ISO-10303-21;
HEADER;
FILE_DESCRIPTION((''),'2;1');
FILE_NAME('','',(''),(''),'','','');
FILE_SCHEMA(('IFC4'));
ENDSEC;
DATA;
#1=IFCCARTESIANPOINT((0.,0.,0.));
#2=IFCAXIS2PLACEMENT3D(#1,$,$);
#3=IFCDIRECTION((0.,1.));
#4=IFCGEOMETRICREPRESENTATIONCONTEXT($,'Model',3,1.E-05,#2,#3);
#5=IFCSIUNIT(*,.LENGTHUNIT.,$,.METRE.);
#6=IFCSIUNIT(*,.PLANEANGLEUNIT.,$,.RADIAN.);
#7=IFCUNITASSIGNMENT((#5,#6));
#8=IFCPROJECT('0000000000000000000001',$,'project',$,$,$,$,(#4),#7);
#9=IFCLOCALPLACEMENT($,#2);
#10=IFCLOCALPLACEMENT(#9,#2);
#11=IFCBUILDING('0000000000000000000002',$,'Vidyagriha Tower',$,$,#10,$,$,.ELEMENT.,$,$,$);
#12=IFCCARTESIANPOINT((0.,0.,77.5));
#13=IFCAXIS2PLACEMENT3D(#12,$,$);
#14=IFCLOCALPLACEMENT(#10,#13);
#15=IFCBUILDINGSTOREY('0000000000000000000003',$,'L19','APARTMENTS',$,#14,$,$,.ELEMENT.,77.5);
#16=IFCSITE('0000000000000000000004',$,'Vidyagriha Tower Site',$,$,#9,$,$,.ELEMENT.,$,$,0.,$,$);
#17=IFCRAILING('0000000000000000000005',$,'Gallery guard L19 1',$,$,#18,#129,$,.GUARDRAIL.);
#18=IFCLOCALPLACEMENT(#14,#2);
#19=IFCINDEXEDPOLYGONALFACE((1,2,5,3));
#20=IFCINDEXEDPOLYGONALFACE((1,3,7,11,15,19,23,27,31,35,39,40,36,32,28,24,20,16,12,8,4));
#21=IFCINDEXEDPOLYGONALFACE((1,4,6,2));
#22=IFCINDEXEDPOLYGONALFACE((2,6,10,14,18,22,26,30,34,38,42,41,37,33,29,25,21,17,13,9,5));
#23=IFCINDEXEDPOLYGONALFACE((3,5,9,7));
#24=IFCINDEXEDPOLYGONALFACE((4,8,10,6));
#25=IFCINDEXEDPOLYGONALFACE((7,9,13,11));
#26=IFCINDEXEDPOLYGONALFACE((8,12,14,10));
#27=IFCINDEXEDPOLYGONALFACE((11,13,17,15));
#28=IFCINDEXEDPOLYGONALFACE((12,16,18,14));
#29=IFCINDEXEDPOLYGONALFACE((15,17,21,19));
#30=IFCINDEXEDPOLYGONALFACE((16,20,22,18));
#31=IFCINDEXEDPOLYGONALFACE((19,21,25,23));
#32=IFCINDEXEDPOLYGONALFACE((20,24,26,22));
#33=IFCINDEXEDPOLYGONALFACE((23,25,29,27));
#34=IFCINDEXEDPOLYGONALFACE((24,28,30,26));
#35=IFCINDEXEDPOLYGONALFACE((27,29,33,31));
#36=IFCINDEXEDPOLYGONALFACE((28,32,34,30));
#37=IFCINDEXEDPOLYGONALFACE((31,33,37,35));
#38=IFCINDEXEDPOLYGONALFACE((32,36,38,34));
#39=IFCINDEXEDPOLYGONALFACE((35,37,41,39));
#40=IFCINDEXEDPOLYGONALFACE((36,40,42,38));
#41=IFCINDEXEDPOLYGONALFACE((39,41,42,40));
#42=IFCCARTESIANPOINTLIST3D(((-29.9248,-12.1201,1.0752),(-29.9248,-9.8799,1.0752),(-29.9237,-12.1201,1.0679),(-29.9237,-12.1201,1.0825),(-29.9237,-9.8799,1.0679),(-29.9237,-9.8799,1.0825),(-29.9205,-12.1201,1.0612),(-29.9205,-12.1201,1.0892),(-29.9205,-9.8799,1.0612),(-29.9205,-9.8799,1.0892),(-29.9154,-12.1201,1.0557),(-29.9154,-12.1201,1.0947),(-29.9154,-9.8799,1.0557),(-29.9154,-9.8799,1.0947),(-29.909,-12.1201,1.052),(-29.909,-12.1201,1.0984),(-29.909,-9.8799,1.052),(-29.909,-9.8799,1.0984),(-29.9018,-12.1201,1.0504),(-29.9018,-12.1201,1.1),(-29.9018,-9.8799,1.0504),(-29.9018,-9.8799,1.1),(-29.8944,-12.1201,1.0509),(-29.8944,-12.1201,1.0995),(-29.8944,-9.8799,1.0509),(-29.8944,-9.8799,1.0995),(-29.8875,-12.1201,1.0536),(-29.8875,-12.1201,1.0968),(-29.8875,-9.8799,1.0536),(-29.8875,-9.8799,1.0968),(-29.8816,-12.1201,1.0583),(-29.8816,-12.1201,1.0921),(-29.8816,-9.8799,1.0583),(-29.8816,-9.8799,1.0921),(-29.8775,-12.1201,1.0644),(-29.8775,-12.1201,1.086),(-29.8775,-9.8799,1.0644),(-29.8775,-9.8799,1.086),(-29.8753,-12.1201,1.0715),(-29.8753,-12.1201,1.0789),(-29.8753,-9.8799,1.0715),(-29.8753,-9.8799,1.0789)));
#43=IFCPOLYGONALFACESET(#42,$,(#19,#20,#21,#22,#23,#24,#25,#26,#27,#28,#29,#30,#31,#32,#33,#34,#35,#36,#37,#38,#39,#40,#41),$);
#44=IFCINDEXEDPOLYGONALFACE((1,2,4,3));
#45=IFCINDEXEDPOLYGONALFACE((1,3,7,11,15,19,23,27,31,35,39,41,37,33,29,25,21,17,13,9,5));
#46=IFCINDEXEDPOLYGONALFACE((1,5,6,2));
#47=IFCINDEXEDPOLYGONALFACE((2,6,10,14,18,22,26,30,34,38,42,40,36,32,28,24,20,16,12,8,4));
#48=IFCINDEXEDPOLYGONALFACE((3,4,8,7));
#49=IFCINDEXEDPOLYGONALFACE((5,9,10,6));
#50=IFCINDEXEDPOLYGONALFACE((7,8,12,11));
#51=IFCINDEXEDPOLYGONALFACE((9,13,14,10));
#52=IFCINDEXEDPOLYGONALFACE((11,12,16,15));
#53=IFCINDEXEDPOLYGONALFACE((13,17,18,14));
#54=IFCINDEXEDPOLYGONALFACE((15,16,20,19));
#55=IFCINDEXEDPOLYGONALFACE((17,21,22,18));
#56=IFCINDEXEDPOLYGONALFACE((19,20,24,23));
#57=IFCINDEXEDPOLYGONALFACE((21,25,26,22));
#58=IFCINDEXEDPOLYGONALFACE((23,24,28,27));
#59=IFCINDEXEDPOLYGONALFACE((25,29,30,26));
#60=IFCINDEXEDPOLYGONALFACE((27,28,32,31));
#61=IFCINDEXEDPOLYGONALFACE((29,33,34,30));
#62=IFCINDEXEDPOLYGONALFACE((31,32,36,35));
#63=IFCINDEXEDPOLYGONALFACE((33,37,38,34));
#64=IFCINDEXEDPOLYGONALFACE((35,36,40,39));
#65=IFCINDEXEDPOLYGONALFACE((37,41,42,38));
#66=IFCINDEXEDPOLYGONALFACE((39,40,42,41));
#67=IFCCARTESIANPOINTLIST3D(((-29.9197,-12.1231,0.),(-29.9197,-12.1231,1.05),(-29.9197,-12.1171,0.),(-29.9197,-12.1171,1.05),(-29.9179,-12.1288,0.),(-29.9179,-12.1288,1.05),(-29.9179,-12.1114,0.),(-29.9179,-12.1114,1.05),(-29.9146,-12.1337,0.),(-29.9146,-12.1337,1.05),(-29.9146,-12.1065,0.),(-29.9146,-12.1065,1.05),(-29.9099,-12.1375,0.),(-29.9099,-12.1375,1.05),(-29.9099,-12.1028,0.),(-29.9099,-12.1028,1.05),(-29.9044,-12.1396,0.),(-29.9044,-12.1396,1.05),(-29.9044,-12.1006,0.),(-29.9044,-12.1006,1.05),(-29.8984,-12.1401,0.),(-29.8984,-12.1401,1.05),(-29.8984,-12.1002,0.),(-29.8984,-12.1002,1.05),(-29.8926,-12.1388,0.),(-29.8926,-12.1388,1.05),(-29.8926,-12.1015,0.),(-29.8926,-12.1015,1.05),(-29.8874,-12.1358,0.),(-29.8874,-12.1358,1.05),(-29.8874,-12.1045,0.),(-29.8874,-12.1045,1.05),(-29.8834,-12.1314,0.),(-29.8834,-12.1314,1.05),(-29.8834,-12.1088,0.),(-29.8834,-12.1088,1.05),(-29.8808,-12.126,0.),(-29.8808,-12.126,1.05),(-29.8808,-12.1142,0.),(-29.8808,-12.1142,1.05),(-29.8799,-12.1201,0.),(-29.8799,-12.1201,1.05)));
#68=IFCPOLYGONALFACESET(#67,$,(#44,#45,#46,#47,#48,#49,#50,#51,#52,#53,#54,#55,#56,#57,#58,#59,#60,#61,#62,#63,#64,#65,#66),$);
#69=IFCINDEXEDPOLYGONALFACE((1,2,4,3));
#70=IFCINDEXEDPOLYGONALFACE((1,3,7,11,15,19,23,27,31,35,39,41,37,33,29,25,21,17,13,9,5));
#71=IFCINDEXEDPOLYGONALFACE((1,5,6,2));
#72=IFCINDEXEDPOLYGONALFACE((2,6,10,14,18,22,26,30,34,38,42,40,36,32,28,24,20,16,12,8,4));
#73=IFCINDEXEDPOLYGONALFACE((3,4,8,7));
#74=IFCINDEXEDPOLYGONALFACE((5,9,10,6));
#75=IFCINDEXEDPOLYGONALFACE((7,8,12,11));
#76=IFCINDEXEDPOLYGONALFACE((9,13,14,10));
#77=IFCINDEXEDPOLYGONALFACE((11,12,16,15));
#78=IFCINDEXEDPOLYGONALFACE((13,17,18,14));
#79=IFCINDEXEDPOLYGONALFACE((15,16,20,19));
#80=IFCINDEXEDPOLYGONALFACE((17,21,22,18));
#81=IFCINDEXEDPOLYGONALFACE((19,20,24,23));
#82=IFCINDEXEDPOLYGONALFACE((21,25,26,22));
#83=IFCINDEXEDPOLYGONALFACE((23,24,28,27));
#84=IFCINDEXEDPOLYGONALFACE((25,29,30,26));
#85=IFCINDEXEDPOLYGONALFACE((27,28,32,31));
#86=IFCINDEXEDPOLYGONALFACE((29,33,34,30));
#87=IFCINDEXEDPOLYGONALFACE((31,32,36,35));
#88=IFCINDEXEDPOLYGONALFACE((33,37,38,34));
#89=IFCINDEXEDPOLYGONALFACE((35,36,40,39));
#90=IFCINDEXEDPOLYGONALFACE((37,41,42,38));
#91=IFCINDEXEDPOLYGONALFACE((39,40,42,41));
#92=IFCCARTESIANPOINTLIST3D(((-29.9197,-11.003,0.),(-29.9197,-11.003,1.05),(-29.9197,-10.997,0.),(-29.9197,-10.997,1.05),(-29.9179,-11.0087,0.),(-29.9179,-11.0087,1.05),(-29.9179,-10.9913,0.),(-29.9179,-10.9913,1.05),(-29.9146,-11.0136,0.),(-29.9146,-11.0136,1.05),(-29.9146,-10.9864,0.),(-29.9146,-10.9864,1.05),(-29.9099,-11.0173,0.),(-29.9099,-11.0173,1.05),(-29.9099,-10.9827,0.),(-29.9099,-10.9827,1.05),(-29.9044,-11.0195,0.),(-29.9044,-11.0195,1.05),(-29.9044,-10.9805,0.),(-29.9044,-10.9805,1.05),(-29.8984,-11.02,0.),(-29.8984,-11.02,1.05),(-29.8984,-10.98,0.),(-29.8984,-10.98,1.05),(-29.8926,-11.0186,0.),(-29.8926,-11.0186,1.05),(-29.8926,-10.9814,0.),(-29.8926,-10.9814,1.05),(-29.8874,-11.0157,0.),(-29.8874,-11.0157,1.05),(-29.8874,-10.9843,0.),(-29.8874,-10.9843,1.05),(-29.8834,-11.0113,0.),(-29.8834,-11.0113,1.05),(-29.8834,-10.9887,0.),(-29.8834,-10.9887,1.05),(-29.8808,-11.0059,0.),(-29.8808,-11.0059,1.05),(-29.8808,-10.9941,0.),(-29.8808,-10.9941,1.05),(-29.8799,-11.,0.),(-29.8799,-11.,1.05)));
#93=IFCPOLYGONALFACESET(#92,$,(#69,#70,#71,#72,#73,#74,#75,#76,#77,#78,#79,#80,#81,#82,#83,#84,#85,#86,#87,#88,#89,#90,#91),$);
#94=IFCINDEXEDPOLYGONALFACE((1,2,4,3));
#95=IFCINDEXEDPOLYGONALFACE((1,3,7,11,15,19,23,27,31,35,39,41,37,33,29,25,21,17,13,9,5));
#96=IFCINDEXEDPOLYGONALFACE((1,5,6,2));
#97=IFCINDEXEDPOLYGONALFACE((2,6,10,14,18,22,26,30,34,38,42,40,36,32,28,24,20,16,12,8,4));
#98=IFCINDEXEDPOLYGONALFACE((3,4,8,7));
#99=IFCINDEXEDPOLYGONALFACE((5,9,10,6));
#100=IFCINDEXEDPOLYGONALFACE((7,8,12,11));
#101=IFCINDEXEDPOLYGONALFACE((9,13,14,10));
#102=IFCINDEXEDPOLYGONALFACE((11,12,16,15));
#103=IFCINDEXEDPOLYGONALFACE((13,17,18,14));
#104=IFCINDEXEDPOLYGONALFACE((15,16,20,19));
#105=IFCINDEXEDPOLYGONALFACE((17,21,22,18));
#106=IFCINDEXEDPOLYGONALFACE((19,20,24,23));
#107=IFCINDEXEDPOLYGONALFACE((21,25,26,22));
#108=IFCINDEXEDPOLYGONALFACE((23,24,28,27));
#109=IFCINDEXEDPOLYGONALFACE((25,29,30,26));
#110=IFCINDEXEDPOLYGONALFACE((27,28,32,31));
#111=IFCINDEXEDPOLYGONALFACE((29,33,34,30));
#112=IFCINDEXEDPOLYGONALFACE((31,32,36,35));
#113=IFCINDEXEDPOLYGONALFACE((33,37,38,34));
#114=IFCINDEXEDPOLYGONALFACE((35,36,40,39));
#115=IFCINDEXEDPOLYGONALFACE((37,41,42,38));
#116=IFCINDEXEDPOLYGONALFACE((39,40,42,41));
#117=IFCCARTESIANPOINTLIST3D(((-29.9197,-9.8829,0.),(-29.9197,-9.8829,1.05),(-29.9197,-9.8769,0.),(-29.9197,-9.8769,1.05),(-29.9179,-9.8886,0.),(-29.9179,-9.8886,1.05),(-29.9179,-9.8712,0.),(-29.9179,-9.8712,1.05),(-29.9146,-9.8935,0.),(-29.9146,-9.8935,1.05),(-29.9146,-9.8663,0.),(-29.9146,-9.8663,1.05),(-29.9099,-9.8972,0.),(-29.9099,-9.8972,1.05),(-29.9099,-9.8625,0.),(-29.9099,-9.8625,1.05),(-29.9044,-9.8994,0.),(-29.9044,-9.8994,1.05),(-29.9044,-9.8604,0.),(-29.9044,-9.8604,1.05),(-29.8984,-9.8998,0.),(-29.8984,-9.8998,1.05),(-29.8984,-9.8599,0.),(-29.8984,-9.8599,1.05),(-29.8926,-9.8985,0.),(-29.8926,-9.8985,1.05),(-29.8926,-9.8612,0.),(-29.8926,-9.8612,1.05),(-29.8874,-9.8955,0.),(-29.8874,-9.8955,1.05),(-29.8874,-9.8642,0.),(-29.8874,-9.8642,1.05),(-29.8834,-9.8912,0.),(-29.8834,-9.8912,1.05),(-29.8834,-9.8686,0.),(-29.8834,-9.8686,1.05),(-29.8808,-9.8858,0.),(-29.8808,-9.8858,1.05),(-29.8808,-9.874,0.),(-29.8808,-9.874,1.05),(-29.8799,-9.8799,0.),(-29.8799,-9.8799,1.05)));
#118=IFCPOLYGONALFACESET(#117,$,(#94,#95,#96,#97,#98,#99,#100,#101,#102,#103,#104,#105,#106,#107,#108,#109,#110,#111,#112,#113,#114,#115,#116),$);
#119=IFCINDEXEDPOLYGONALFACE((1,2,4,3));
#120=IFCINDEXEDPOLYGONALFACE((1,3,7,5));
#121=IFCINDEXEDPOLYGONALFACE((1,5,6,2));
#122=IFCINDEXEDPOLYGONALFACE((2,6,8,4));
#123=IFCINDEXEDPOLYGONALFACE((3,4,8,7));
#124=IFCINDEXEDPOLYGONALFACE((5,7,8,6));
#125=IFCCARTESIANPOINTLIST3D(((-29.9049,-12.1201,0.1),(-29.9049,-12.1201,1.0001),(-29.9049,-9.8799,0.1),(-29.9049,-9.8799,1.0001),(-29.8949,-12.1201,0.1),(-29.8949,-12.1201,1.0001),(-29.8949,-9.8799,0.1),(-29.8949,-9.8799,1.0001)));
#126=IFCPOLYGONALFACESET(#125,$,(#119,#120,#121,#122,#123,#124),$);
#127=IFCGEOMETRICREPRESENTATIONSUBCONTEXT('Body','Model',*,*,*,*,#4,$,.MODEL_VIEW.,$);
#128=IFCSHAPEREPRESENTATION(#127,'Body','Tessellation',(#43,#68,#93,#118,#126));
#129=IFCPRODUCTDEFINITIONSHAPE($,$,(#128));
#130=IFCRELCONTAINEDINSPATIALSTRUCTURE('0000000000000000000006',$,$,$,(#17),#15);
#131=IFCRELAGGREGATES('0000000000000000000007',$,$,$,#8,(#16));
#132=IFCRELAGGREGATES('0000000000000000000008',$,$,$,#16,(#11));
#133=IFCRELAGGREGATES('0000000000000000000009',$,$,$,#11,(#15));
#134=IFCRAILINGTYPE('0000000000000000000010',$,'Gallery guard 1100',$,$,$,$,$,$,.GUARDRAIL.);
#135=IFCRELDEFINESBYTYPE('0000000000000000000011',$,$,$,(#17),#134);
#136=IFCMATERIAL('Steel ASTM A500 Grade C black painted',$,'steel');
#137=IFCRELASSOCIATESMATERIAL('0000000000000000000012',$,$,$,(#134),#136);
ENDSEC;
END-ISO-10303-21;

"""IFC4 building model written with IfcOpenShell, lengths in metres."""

from ifc_helpers import new_model, si_unit, direction, frame, origin, origin_2d, place, context, subcontext, project, spatial, rectangle, circle, extrude, material, type_object, element, save


model = new_model("IFC4")

# Units and contexts
model_context = context("Model", 3, precision=1e-05, world=origin(), true_north=direction((0.0, 1.0)))
body_context = subcontext(model_context, "Body", "Model", "MODEL_VIEW")
ifc_project = project(units=[si_unit("LENGTHUNIT", "METRE"), si_unit("PLANEANGLEUNIT", "RADIAN")], contexts=[model_context])

# Site, building, storey
site_placement = place(None, origin())
site = spatial("IfcSite", under=ifc_project, at=site_placement, Name="Vidyagriha Tower Site", CompositionType="ELEMENT", RefElevation=0.0)
building_placement = place(site_placement, origin())
building = spatial("IfcBuilding", under=site, at=building_placement, Name="Vidyagriha Tower", CompositionType="ELEMENT")
storey_placement = place(building_placement, frame((0.0, 0.0, 77.5)))
storey = spatial("IfcBuildingStorey", under=building, at=storey_placement, Name="L19", Description="APARTMENTS", CompositionType="ELEMENT", Elevation=77.5)

# Railing
ifc_material_1 = material(Name="Steel ASTM A500 Grade C black painted", Category="steel")
railing_type_1 = type_object("IfcRailingType", Name="Gallery guard 1100", PredefinedType="GUARDRAIL", material=ifc_material_1)
railing_1_placement = place(storey_placement, frame((-29.8999, -12.1201, 0.0)))
element("IfcRailing", 1, at=railing_1_placement, inside=storey, type_object=railing_type_1, Name="Gallery guard L19 1", PredefinedType="GUARDRAIL", context=body_context, shape_type="SweptSolid", body=[
    extrude(circle(Radius=0.0249, at=origin_2d()), frame((0.0, 0.0, 1.0752), z_axis=(0.0, 1.0, 0.0), x_axis=(-1.0, 0.0, 0.0)), (0.0, 0.0, 1.0), 2.2402),
    extrude(circle(Radius=0.02, at=origin_2d()), origin(), (0.0, 0.0, 1.0), 1.05),
    extrude(circle(Radius=0.02, at=origin_2d()), frame((0.0, 1.1201, 0.0)), (0.0, 0.0, 1.0), 1.05),
    extrude(circle(Radius=0.02, at=origin_2d()), frame((0.0, 2.2402, 0.0)), (0.0, 0.0, 1.0), 1.05),
    extrude(rectangle(XDim=0.01, YDim=0.9001, at=origin_2d()), frame((0.0, 0.0, 0.55), z_axis=(0.0, 1.0, 0.0), x_axis=(-1.0, 0.0, 0.0)), (0.0, 0.0, 1.0), 2.2402),
])

save(model, "model.ifc")
